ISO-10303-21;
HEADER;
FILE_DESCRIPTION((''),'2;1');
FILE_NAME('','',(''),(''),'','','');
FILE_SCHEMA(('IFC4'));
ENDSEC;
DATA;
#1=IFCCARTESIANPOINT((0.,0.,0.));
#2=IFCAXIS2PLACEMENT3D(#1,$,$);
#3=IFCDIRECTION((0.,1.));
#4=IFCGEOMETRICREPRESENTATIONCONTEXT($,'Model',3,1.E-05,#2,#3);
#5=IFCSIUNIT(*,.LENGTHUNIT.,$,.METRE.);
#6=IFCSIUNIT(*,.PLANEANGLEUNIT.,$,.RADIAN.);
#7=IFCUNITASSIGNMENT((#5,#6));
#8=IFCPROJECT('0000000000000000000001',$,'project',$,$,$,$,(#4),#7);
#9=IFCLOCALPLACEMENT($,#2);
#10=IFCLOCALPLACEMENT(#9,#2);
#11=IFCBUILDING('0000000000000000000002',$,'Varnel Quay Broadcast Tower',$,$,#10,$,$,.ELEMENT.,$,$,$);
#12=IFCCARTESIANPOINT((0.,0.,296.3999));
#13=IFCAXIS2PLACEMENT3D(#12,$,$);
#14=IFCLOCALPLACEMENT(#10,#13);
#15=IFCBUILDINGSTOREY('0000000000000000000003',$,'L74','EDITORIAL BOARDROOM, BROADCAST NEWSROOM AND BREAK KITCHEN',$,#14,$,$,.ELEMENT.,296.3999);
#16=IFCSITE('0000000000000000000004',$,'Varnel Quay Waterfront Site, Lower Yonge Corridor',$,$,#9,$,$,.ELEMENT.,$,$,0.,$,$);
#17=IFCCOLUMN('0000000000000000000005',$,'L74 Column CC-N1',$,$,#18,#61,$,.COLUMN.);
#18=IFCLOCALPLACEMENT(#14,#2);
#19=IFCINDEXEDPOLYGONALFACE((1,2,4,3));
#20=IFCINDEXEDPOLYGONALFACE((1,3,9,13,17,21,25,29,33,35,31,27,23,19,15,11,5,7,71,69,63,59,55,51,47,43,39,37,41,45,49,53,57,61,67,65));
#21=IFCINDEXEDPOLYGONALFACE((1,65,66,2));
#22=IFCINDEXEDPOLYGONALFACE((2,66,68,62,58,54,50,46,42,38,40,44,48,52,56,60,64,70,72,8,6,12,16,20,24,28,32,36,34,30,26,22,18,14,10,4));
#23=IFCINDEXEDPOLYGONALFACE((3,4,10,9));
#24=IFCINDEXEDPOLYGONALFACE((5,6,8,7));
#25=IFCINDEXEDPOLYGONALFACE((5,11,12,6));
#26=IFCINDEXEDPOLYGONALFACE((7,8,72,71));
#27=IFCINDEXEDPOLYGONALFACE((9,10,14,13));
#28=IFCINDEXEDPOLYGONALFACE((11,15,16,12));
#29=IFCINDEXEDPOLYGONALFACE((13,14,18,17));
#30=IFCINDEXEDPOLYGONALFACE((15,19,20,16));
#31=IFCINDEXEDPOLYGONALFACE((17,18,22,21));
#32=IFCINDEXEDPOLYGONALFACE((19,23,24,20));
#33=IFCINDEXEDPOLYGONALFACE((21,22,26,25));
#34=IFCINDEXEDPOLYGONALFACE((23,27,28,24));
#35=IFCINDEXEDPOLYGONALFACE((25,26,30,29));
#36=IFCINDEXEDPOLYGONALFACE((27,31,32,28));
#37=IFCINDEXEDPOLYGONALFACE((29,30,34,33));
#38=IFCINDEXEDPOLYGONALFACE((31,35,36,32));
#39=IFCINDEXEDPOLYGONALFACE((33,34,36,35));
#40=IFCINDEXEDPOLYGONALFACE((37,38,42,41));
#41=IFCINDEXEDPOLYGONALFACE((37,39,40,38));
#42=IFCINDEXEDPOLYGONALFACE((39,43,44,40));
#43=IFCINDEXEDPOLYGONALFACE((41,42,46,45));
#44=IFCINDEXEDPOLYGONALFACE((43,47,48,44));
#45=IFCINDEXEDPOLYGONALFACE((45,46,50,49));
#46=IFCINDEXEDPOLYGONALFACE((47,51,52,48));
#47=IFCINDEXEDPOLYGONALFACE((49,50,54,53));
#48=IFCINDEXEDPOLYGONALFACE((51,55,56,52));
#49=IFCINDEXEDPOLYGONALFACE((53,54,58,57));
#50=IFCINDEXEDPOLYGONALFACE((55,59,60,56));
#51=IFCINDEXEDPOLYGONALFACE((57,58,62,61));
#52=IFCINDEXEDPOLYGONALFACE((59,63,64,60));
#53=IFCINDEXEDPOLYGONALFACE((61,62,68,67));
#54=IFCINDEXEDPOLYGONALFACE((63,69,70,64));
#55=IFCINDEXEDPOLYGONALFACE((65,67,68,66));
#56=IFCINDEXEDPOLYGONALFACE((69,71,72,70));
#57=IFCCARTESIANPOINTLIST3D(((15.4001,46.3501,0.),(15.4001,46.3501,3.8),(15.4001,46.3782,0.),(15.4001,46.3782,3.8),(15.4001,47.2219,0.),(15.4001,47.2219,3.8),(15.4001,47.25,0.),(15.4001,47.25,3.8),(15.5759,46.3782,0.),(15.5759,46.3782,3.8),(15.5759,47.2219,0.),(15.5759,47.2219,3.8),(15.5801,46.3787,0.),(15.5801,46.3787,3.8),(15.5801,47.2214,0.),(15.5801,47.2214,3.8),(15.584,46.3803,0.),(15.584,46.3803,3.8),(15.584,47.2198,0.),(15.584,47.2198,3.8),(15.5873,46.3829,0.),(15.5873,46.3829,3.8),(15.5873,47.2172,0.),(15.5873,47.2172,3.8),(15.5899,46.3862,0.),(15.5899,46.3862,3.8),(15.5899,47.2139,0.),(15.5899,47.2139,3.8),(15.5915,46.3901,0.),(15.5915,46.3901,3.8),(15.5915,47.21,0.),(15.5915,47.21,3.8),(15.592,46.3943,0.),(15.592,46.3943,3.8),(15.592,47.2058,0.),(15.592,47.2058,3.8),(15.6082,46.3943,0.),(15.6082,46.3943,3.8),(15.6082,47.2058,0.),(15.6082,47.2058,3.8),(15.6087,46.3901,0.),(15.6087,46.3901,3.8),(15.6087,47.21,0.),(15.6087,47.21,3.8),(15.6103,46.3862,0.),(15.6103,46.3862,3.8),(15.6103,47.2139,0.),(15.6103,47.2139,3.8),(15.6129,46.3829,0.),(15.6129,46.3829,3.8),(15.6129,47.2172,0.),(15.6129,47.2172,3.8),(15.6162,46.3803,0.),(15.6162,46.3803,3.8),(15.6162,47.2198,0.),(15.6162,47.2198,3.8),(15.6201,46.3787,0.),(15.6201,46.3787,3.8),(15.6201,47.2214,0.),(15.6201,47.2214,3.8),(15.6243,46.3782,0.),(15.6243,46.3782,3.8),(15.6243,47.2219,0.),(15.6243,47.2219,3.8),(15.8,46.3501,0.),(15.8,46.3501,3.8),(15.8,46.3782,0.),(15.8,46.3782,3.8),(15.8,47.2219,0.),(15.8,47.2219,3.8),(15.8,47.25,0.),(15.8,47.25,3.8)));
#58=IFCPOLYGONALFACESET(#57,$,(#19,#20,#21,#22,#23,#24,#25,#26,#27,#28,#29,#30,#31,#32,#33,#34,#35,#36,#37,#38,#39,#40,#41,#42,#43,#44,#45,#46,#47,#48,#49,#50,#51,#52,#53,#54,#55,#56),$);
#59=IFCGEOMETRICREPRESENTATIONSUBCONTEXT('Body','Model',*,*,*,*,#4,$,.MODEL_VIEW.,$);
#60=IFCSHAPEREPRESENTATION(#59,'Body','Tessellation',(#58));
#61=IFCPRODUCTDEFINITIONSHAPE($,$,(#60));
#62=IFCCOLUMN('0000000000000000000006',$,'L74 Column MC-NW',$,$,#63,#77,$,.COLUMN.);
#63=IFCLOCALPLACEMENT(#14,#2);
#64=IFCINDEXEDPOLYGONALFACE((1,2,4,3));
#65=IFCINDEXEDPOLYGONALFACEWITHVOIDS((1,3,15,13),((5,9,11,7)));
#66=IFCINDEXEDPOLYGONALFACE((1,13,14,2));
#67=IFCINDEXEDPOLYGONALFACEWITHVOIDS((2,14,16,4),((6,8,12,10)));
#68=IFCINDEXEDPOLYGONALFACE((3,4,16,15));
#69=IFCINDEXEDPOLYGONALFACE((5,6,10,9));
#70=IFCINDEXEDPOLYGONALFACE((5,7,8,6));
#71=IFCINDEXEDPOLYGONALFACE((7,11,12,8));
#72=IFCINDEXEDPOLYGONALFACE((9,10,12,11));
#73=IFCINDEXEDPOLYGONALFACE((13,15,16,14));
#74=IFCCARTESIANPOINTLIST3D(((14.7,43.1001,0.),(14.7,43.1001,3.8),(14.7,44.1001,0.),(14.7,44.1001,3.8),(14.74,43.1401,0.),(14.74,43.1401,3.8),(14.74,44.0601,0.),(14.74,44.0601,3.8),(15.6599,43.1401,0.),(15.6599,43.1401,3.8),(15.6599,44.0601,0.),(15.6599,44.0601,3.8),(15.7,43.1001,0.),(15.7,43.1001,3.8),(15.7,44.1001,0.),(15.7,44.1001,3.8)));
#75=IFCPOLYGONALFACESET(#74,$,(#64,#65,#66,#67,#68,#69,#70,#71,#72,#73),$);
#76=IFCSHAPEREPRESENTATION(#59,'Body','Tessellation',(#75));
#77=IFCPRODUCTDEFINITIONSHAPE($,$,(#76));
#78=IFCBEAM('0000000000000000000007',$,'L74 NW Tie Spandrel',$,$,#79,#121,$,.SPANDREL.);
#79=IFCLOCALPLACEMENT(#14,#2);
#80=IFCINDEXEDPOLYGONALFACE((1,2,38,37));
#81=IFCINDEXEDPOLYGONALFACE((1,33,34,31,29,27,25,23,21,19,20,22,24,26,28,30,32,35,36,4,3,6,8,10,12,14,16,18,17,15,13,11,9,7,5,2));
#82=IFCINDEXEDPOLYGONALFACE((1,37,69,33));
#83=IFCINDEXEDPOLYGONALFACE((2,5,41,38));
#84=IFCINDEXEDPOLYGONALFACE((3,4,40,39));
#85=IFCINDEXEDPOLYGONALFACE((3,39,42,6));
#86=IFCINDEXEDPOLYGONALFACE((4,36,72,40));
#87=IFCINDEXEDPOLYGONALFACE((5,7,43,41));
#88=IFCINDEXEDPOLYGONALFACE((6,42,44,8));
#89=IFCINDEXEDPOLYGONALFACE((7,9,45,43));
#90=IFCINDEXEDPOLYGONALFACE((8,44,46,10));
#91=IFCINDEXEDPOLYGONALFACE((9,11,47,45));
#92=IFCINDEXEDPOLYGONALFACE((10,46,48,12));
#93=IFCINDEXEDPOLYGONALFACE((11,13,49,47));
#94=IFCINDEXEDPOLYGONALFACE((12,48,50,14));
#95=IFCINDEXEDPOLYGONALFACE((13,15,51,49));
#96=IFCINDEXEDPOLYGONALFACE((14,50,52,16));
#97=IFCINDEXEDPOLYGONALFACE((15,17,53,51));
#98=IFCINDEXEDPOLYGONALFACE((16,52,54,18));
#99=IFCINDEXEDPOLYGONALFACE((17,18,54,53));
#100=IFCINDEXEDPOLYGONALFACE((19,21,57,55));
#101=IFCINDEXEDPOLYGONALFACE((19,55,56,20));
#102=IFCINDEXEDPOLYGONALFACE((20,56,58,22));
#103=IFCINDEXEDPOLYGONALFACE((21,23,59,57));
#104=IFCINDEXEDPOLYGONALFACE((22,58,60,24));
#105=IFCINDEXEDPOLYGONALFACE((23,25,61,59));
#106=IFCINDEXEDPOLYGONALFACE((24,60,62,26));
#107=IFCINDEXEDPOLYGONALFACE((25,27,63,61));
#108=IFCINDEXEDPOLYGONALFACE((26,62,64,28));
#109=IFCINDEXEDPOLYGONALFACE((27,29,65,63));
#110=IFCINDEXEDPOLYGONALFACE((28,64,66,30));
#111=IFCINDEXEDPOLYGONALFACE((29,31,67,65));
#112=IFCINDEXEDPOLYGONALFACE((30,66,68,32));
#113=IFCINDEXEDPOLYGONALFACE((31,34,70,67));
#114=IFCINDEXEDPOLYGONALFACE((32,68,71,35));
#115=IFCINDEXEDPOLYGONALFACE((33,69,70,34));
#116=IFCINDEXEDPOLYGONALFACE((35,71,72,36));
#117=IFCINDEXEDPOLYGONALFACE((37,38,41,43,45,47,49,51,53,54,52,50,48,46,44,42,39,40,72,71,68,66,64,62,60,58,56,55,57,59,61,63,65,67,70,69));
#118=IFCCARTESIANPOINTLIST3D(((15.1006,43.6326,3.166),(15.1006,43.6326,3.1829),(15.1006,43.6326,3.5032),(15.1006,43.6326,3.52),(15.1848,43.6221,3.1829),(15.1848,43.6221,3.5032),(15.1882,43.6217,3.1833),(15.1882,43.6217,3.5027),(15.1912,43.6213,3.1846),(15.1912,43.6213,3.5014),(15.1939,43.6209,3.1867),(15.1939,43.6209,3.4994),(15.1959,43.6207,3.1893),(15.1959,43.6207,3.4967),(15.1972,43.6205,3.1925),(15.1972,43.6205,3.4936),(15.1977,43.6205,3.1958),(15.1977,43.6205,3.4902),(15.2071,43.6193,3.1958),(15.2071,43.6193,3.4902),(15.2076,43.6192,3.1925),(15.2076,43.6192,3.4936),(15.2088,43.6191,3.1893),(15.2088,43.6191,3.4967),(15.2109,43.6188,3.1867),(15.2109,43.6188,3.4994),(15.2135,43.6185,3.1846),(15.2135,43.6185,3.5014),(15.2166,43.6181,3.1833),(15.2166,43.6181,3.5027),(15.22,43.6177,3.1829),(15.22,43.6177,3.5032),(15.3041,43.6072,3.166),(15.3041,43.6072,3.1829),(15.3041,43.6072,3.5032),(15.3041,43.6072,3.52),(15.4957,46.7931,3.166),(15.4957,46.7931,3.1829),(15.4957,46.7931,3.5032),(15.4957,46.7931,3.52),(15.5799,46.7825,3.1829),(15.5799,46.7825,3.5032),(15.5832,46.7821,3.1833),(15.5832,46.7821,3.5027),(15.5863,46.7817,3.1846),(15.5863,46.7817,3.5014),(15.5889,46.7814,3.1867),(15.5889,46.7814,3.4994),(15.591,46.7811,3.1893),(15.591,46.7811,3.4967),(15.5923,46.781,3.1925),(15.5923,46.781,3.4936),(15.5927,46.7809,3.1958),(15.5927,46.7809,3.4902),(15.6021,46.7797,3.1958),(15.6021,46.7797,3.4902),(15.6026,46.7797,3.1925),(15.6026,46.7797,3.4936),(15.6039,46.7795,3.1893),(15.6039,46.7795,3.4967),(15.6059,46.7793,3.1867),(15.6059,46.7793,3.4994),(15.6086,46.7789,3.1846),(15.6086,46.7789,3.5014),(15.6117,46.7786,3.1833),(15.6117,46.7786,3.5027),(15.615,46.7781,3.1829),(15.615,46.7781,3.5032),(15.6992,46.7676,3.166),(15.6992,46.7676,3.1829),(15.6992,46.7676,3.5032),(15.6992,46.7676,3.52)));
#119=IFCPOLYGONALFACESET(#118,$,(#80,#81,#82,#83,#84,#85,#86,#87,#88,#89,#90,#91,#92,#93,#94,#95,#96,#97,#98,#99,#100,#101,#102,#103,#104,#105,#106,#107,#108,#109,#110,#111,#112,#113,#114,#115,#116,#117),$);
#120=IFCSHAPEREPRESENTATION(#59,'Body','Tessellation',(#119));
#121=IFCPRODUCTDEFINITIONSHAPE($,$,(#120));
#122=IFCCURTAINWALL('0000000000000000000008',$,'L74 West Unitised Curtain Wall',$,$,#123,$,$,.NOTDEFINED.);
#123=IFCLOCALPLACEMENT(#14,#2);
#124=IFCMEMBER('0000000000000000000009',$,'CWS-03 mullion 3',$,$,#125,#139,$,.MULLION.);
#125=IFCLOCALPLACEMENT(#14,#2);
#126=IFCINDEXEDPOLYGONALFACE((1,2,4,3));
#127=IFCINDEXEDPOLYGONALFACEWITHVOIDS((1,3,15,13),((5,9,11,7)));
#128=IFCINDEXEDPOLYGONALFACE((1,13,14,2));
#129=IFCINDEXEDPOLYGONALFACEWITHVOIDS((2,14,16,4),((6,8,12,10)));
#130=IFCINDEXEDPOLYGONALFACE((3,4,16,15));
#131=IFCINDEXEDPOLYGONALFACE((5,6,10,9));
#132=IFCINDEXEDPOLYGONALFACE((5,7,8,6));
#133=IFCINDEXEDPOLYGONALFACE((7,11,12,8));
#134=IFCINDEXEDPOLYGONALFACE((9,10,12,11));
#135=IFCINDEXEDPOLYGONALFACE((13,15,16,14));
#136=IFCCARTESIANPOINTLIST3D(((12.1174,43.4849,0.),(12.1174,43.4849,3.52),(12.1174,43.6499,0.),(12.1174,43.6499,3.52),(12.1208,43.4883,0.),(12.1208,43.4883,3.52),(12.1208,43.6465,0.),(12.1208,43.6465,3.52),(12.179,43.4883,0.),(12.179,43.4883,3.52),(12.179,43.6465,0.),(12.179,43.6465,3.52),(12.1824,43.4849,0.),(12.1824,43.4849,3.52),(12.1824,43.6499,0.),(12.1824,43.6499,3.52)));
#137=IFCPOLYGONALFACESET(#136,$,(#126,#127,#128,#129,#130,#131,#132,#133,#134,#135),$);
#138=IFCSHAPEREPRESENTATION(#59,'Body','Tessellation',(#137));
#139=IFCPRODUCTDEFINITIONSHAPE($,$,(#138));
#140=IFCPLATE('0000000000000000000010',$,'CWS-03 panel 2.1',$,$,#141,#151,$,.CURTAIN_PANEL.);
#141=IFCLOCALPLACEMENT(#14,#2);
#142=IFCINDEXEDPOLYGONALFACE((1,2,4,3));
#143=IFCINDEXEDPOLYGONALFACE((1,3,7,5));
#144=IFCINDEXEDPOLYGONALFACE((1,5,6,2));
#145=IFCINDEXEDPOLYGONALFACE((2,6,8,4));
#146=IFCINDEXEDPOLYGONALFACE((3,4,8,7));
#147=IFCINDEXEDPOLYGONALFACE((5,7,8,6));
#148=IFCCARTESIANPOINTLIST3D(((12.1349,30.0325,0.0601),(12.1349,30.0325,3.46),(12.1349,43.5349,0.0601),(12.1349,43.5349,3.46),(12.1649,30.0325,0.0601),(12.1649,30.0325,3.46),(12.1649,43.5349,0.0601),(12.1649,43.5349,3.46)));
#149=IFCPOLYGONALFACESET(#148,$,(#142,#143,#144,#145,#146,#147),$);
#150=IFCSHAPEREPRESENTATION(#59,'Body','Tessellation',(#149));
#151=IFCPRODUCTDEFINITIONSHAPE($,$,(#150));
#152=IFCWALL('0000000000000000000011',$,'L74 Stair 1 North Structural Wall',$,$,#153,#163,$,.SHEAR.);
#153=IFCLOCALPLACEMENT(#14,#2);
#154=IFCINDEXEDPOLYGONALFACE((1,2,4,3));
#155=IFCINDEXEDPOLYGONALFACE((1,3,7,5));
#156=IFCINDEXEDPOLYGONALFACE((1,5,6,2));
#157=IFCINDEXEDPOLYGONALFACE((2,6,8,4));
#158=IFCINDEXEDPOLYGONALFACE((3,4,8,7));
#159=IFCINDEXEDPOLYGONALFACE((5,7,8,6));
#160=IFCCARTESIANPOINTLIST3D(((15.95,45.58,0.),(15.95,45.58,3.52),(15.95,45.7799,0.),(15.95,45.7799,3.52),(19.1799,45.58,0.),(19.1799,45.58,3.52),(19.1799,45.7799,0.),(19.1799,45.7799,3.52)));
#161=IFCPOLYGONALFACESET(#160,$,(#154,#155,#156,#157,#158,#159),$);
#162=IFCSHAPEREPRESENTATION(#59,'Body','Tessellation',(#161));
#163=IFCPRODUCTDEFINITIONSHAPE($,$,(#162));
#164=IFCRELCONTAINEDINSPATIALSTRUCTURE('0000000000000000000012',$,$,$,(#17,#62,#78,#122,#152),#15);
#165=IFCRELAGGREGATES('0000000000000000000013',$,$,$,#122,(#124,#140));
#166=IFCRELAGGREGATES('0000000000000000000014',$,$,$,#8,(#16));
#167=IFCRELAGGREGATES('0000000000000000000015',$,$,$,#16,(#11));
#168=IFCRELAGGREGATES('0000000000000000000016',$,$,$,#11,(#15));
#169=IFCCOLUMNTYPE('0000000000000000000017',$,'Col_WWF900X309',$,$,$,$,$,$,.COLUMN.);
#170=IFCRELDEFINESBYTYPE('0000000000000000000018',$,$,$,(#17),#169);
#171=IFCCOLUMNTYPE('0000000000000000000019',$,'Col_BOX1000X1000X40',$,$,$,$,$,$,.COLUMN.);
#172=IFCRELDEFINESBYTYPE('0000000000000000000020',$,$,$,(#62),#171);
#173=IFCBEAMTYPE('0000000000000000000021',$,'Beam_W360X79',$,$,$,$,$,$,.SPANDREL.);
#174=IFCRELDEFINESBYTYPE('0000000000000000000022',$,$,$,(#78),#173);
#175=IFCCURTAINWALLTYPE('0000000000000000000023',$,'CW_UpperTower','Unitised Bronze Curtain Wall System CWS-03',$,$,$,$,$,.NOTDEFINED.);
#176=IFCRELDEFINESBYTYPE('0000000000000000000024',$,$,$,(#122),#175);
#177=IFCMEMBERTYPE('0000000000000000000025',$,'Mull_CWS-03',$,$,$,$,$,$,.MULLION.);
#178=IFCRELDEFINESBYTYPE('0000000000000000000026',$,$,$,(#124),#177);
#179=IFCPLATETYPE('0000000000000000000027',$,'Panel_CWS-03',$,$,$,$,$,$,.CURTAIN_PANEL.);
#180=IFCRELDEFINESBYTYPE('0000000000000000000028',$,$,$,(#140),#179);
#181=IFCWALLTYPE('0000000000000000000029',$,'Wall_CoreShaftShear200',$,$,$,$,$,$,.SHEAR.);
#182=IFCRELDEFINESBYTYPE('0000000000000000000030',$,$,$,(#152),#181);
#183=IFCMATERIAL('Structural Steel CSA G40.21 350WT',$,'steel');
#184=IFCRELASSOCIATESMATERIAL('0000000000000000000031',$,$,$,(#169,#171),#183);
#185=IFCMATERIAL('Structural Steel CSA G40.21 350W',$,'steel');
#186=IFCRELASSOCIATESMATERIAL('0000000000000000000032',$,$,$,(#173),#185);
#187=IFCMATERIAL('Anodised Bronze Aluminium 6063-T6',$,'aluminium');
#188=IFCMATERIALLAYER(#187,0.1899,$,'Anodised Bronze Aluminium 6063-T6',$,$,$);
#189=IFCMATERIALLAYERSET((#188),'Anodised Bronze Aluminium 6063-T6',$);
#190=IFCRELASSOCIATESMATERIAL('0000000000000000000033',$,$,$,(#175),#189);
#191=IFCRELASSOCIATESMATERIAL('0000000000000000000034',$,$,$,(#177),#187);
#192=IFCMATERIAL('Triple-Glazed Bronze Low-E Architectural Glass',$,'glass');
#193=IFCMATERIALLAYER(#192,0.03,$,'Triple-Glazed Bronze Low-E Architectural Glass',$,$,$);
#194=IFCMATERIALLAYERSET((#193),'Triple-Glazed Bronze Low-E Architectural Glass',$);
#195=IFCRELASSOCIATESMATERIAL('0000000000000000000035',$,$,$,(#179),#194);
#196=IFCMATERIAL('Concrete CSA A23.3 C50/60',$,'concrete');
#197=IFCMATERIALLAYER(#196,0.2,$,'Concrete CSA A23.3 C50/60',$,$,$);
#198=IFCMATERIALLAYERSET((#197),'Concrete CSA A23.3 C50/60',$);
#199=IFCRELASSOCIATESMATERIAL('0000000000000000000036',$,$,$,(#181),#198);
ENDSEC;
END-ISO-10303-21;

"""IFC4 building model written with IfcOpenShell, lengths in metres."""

from ifc_helpers import new_model, si_unit, direction, frame, frame_2d, origin, origin_2d, place, context, subcontext, project, spatial, rectangle, hollow_rectangle, i_section, extrude, source, transform, mapped, material, layer, layer_set, material_profile, profile_set, type_object, type_shapes, element, aggregate, save


model = new_model("IFC4")

# Units and contexts
model_context = context("Model", 3, precision=1e-05, world=origin(), true_north=direction((0.0, 1.0)))
body_context = subcontext(model_context, "Body", "Model", "MODEL_VIEW")
ifc_project = project(units=[si_unit("LENGTHUNIT", "METRE"), si_unit("PLANEANGLEUNIT", "RADIAN")], contexts=[model_context])

# Site, building, storey
site_placement = place(None, origin())
site = spatial("IfcSite", under=ifc_project, at=site_placement, Name="Varnel Quay Waterfront Site, Lower Yonge Corridor", CompositionType="ELEMENT", RefElevation=0.0)
building_placement = place(site_placement, origin())
building = spatial("IfcBuilding", under=site, at=building_placement, Name="Varnel Quay Broadcast Tower", CompositionType="ELEMENT")
storey_placement = place(building_placement, frame((0.0, 0.0, 296.3999)))
storey = spatial("IfcBuildingStorey", under=building, at=storey_placement, Name="L74", Description="EDITORIAL BOARDROOM, BROADCAST NEWSROOM AND BREAK KITCHEN", CompositionType="ELEMENT", Elevation=296.3999)

# Columns
ifc_material_1 = material(Name="Structural Steel CSA G40.21 350WT", Category="steel")
ifc_material_profile_1 = material_profile(ifc_material_1, i_section(OverallWidth=0.3999, OverallDepth=0.8999, WebThickness=0.0161, FlangeThickness=0.0281, FilletRadius=0.0161, at=origin_2d()), Name="WWF900X309")
ifc_profile_set_1 = profile_set([ifc_material_profile_1], Name="Structural Steel CSA G40.21 350WT")
column_type_1 = type_object("IfcColumnType", Name="Col_WWF900X309", PredefinedType="COLUMN", material=ifc_profile_set_1)
shared_shape_1 = source(origin(), body_context, "Body", "SweptSolid", [
    extrude(i_section(OverallWidth=0.3999, OverallDepth=0.8999, WebThickness=0.0161, FlangeThickness=0.0281, FilletRadius=0.0161, at=origin_2d()), origin(), (0.0, 0.0, 1.0), 3.8),
])
type_shapes(column_type_1, [shared_shape_1])
column_1_placement = place(storey_placement, frame((15.6001, 46.8, 0.0), z_axis=(0.0, 0.0, 1.0), x_axis=(1.0, 0.0, 0.0)))
element("IfcColumn", 1, at=column_1_placement, inside=storey, type_object=column_type_1, Name="L74 Column CC-N1", PredefinedType="COLUMN", context=body_context, shape_type="MappedRepresentation", body=[
    mapped(shared_shape_1, transform((0.0, 0.0, 0.0), x_axis=(1.0, 0.0, 0.0), y_axis=(0.0, 1.0, 0.0), z_axis=(0.0, 0.0, 1.0), scale=1.0)),
])
ifc_material_profile_2 = material_profile(ifc_material_1, hollow_rectangle(XDim=1.0, YDim=1.0, WallThickness=0.04, at=origin_2d()), Name="BOX1000X1000X40")
ifc_profile_set_2 = profile_set([ifc_material_profile_2], Name="Structural Steel CSA G40.21 350WT")
column_type_2 = type_object("IfcColumnType", Name="Col_BOX1000X1000X40", PredefinedType="COLUMN", material=ifc_profile_set_2)
shared_shape_2 = source(origin(), body_context, "Body", "SweptSolid", [
    extrude(hollow_rectangle(XDim=1.0, YDim=1.0, WallThickness=0.04, at=origin_2d()), origin(), (0.0, 0.0, 1.0), 3.8),
])
type_shapes(column_type_2, [shared_shape_2])
column_2_placement = place(storey_placement, frame((15.2, 43.6001, 0.0), z_axis=(0.0, 0.0, 1.0), x_axis=(1.0, 0.0, 0.0)))
element("IfcColumn", 2, at=column_2_placement, inside=storey, type_object=column_type_2, Name="L74 Column MC-NW", PredefinedType="COLUMN", context=body_context, shape_type="MappedRepresentation", body=[
    mapped(shared_shape_2, transform((0.0, 0.0, 0.0), x_axis=(1.0, 0.0, 0.0), y_axis=(0.0, 1.0, 0.0), z_axis=(0.0, 0.0, 1.0), scale=1.0)),
])

# Beam
ifc_material_2 = material(Name="Structural Steel CSA G40.21 350W", Category="steel")
ifc_material_profile_3 = material_profile(ifc_material_2, i_section(OverallWidth=0.2051, OverallDepth=0.354, WebThickness=0.0095, FlangeThickness=0.0168, FilletRadius=0.0129, at=origin_2d()), Name="W360X79")
ifc_profile_set_3 = profile_set([ifc_material_profile_3], Name="Structural Steel CSA G40.21 350W")
beam_type = type_object("IfcBeamType", Name="Beam_W360X79", PredefinedType="SPANDREL", material=ifc_profile_set_3)
shared_shape_3 = source(origin(), body_context, "Body", "SweptSolid", [
    extrude(i_section(OverallWidth=0.2051, OverallDepth=0.354, WebThickness=0.0095, FlangeThickness=0.0168, FilletRadius=0.0129, at=origin_2d()), origin(), (0.0, 0.0, 1.0), 3.1851),
])
type_shapes(beam_type, [shared_shape_3])
beam_placement = place(storey_placement, frame((15.2024, 43.6199, 3.343), z_axis=(0.124025, 0.992279, 0.0), x_axis=(-0.992279, 0.124025, 0.0)))
element("IfcBeam", 3, at=beam_placement, inside=storey, type_object=beam_type, Name="L74 NW Tie Spandrel", PredefinedType="SPANDREL", context=body_context, shape_type="MappedRepresentation", body=[
    mapped(shared_shape_3, transform((0.0, 0.0, 0.0), x_axis=(1.0, 0.0, 0.0), y_axis=(0.0, 1.0, 0.0), z_axis=(0.0, 0.0, 1.0), scale=1.0)),
])

# Curtain wall, member, plate
ifc_material_3 = material(Name="Anodised Bronze Aluminium 6063-T6", Category="aluminium")
ifc_layer_1 = layer(ifc_material_3, 0.1899, Name="Anodised Bronze Aluminium 6063-T6")
ifc_layer_set_1 = layer_set([ifc_layer_1], Name="Anodised Bronze Aluminium 6063-T6")
curtain_wall_type = type_object("IfcCurtainWallType", Name="CW_UpperTower", Description="Unitised Bronze Curtain Wall System CWS-03", PredefinedType="NOTDEFINED", material=ifc_layer_set_1)
curtain_wall_placement = place(storey_placement, origin())
curtain_wall = element("IfcCurtainWall", 4, at=curtain_wall_placement, inside=storey, type_object=curtain_wall_type, Name="L74 West Unitised Curtain Wall", PredefinedType="NOTDEFINED")
ifc_material_profile_4 = material_profile(ifc_material_3, hollow_rectangle(XDim=0.0649, YDim=0.165, WallThickness=0.0034, at=origin_2d()), Name="ALU65X165X3.5")
ifc_profile_set_4 = profile_set([ifc_material_profile_4], Name="Anodised Bronze Aluminium 6063-T6")
member_type = type_object("IfcMemberType", Name="Mull_CWS-03", PredefinedType="MULLION", material=ifc_profile_set_4)
shared_shape_4 = source(origin(), body_context, "Body", "SweptSolid", [
    extrude(hollow_rectangle(XDim=0.0649, YDim=0.165, WallThickness=0.0034, at=origin_2d()), origin(), (0.0, 0.0, 1.0), 3.52),
])
type_shapes(member_type, [shared_shape_4])
member_placement = place(storey_placement, frame((12.1499, 43.5674, 0.0), z_axis=(0.0, 0.0, 1.0), x_axis=(-1.0, 0.0, 0.0)))
member = element("IfcMember", 5, at=member_placement, type_object=member_type, Name="CWS-03 mullion 3", PredefinedType="MULLION", context=body_context, shape_type="MappedRepresentation", body=[
    mapped(shared_shape_4, transform((0.0, 0.0, 0.0), x_axis=(1.0, 0.0, 0.0), y_axis=(0.0, 1.0, 0.0), z_axis=(0.0, 0.0, 1.0), scale=1.0)),
])
ifc_material_4 = material(Name="Triple-Glazed Bronze Low-E Architectural Glass", Category="glass")
ifc_layer_2 = layer(ifc_material_4, 0.03, Name="Triple-Glazed Bronze Low-E Architectural Glass")
ifc_layer_set_2 = layer_set([ifc_layer_2], Name="Triple-Glazed Bronze Low-E Architectural Glass")
plate_type = type_object("IfcPlateType", Name="Panel_CWS-03", PredefinedType="CURTAIN_PANEL", material=ifc_layer_set_2)
shared_shape_5 = source(origin(), body_context, "Body", "SweptSolid", [
    extrude(rectangle(XDim=13.5024, YDim=0.03, at=origin_2d()), origin(), (0.0, 0.0, 1.0), 3.3999),
])
type_shapes(plate_type, [shared_shape_5])
plate_placement = place(storey_placement, frame((12.1499, 36.7837, 0.0601), z_axis=(0.0, 0.0, 1.0), x_axis=(0.0, 1.0, 0.0)))
plate = element("IfcPlate", 6, at=plate_placement, type_object=plate_type, Name="CWS-03 panel 2.1", PredefinedType="CURTAIN_PANEL", context=body_context, shape_type="MappedRepresentation", body=[
    mapped(shared_shape_5, transform((0.0, 0.0, 0.0), x_axis=(1.0, 0.0, 0.0), y_axis=(0.0, 1.0, 0.0), z_axis=(0.0, 0.0, 1.0), scale=1.0)),
])
aggregate(curtain_wall, [member, plate])

# Wall
ifc_material_5 = material(Name="Concrete CSA A23.3 C50/60", Category="concrete")
ifc_layer_3 = layer(ifc_material_5, 0.2, Name="Concrete CSA A23.3 C50/60")
ifc_layer_set_3 = layer_set([ifc_layer_3], Name="Concrete CSA A23.3 C50/60")
wall_type_1 = type_object("IfcWallType", Name="Wall_CoreShaftShear200", PredefinedType="SHEAR", material=ifc_layer_set_3)
wall_1_placement = place(storey_placement, frame((15.95, 45.6799, 0.0), z_axis=(0.0, 0.0, 1.0), x_axis=(1.0, 0.0, 0.0)))
element("IfcWall", 7, at=wall_1_placement, inside=storey, type_object=wall_type_1, Name="L74 Stair 1 North Structural Wall", PredefinedType="SHEAR", context=body_context, shape_type="SweptSolid", body=[
    extrude(rectangle(XDim=3.23, YDim=0.2, at=frame_2d((1.615, 0.0))), origin(), (0.0, 0.0, 1.0), 3.52),
])

save(model, "model.ifc")
